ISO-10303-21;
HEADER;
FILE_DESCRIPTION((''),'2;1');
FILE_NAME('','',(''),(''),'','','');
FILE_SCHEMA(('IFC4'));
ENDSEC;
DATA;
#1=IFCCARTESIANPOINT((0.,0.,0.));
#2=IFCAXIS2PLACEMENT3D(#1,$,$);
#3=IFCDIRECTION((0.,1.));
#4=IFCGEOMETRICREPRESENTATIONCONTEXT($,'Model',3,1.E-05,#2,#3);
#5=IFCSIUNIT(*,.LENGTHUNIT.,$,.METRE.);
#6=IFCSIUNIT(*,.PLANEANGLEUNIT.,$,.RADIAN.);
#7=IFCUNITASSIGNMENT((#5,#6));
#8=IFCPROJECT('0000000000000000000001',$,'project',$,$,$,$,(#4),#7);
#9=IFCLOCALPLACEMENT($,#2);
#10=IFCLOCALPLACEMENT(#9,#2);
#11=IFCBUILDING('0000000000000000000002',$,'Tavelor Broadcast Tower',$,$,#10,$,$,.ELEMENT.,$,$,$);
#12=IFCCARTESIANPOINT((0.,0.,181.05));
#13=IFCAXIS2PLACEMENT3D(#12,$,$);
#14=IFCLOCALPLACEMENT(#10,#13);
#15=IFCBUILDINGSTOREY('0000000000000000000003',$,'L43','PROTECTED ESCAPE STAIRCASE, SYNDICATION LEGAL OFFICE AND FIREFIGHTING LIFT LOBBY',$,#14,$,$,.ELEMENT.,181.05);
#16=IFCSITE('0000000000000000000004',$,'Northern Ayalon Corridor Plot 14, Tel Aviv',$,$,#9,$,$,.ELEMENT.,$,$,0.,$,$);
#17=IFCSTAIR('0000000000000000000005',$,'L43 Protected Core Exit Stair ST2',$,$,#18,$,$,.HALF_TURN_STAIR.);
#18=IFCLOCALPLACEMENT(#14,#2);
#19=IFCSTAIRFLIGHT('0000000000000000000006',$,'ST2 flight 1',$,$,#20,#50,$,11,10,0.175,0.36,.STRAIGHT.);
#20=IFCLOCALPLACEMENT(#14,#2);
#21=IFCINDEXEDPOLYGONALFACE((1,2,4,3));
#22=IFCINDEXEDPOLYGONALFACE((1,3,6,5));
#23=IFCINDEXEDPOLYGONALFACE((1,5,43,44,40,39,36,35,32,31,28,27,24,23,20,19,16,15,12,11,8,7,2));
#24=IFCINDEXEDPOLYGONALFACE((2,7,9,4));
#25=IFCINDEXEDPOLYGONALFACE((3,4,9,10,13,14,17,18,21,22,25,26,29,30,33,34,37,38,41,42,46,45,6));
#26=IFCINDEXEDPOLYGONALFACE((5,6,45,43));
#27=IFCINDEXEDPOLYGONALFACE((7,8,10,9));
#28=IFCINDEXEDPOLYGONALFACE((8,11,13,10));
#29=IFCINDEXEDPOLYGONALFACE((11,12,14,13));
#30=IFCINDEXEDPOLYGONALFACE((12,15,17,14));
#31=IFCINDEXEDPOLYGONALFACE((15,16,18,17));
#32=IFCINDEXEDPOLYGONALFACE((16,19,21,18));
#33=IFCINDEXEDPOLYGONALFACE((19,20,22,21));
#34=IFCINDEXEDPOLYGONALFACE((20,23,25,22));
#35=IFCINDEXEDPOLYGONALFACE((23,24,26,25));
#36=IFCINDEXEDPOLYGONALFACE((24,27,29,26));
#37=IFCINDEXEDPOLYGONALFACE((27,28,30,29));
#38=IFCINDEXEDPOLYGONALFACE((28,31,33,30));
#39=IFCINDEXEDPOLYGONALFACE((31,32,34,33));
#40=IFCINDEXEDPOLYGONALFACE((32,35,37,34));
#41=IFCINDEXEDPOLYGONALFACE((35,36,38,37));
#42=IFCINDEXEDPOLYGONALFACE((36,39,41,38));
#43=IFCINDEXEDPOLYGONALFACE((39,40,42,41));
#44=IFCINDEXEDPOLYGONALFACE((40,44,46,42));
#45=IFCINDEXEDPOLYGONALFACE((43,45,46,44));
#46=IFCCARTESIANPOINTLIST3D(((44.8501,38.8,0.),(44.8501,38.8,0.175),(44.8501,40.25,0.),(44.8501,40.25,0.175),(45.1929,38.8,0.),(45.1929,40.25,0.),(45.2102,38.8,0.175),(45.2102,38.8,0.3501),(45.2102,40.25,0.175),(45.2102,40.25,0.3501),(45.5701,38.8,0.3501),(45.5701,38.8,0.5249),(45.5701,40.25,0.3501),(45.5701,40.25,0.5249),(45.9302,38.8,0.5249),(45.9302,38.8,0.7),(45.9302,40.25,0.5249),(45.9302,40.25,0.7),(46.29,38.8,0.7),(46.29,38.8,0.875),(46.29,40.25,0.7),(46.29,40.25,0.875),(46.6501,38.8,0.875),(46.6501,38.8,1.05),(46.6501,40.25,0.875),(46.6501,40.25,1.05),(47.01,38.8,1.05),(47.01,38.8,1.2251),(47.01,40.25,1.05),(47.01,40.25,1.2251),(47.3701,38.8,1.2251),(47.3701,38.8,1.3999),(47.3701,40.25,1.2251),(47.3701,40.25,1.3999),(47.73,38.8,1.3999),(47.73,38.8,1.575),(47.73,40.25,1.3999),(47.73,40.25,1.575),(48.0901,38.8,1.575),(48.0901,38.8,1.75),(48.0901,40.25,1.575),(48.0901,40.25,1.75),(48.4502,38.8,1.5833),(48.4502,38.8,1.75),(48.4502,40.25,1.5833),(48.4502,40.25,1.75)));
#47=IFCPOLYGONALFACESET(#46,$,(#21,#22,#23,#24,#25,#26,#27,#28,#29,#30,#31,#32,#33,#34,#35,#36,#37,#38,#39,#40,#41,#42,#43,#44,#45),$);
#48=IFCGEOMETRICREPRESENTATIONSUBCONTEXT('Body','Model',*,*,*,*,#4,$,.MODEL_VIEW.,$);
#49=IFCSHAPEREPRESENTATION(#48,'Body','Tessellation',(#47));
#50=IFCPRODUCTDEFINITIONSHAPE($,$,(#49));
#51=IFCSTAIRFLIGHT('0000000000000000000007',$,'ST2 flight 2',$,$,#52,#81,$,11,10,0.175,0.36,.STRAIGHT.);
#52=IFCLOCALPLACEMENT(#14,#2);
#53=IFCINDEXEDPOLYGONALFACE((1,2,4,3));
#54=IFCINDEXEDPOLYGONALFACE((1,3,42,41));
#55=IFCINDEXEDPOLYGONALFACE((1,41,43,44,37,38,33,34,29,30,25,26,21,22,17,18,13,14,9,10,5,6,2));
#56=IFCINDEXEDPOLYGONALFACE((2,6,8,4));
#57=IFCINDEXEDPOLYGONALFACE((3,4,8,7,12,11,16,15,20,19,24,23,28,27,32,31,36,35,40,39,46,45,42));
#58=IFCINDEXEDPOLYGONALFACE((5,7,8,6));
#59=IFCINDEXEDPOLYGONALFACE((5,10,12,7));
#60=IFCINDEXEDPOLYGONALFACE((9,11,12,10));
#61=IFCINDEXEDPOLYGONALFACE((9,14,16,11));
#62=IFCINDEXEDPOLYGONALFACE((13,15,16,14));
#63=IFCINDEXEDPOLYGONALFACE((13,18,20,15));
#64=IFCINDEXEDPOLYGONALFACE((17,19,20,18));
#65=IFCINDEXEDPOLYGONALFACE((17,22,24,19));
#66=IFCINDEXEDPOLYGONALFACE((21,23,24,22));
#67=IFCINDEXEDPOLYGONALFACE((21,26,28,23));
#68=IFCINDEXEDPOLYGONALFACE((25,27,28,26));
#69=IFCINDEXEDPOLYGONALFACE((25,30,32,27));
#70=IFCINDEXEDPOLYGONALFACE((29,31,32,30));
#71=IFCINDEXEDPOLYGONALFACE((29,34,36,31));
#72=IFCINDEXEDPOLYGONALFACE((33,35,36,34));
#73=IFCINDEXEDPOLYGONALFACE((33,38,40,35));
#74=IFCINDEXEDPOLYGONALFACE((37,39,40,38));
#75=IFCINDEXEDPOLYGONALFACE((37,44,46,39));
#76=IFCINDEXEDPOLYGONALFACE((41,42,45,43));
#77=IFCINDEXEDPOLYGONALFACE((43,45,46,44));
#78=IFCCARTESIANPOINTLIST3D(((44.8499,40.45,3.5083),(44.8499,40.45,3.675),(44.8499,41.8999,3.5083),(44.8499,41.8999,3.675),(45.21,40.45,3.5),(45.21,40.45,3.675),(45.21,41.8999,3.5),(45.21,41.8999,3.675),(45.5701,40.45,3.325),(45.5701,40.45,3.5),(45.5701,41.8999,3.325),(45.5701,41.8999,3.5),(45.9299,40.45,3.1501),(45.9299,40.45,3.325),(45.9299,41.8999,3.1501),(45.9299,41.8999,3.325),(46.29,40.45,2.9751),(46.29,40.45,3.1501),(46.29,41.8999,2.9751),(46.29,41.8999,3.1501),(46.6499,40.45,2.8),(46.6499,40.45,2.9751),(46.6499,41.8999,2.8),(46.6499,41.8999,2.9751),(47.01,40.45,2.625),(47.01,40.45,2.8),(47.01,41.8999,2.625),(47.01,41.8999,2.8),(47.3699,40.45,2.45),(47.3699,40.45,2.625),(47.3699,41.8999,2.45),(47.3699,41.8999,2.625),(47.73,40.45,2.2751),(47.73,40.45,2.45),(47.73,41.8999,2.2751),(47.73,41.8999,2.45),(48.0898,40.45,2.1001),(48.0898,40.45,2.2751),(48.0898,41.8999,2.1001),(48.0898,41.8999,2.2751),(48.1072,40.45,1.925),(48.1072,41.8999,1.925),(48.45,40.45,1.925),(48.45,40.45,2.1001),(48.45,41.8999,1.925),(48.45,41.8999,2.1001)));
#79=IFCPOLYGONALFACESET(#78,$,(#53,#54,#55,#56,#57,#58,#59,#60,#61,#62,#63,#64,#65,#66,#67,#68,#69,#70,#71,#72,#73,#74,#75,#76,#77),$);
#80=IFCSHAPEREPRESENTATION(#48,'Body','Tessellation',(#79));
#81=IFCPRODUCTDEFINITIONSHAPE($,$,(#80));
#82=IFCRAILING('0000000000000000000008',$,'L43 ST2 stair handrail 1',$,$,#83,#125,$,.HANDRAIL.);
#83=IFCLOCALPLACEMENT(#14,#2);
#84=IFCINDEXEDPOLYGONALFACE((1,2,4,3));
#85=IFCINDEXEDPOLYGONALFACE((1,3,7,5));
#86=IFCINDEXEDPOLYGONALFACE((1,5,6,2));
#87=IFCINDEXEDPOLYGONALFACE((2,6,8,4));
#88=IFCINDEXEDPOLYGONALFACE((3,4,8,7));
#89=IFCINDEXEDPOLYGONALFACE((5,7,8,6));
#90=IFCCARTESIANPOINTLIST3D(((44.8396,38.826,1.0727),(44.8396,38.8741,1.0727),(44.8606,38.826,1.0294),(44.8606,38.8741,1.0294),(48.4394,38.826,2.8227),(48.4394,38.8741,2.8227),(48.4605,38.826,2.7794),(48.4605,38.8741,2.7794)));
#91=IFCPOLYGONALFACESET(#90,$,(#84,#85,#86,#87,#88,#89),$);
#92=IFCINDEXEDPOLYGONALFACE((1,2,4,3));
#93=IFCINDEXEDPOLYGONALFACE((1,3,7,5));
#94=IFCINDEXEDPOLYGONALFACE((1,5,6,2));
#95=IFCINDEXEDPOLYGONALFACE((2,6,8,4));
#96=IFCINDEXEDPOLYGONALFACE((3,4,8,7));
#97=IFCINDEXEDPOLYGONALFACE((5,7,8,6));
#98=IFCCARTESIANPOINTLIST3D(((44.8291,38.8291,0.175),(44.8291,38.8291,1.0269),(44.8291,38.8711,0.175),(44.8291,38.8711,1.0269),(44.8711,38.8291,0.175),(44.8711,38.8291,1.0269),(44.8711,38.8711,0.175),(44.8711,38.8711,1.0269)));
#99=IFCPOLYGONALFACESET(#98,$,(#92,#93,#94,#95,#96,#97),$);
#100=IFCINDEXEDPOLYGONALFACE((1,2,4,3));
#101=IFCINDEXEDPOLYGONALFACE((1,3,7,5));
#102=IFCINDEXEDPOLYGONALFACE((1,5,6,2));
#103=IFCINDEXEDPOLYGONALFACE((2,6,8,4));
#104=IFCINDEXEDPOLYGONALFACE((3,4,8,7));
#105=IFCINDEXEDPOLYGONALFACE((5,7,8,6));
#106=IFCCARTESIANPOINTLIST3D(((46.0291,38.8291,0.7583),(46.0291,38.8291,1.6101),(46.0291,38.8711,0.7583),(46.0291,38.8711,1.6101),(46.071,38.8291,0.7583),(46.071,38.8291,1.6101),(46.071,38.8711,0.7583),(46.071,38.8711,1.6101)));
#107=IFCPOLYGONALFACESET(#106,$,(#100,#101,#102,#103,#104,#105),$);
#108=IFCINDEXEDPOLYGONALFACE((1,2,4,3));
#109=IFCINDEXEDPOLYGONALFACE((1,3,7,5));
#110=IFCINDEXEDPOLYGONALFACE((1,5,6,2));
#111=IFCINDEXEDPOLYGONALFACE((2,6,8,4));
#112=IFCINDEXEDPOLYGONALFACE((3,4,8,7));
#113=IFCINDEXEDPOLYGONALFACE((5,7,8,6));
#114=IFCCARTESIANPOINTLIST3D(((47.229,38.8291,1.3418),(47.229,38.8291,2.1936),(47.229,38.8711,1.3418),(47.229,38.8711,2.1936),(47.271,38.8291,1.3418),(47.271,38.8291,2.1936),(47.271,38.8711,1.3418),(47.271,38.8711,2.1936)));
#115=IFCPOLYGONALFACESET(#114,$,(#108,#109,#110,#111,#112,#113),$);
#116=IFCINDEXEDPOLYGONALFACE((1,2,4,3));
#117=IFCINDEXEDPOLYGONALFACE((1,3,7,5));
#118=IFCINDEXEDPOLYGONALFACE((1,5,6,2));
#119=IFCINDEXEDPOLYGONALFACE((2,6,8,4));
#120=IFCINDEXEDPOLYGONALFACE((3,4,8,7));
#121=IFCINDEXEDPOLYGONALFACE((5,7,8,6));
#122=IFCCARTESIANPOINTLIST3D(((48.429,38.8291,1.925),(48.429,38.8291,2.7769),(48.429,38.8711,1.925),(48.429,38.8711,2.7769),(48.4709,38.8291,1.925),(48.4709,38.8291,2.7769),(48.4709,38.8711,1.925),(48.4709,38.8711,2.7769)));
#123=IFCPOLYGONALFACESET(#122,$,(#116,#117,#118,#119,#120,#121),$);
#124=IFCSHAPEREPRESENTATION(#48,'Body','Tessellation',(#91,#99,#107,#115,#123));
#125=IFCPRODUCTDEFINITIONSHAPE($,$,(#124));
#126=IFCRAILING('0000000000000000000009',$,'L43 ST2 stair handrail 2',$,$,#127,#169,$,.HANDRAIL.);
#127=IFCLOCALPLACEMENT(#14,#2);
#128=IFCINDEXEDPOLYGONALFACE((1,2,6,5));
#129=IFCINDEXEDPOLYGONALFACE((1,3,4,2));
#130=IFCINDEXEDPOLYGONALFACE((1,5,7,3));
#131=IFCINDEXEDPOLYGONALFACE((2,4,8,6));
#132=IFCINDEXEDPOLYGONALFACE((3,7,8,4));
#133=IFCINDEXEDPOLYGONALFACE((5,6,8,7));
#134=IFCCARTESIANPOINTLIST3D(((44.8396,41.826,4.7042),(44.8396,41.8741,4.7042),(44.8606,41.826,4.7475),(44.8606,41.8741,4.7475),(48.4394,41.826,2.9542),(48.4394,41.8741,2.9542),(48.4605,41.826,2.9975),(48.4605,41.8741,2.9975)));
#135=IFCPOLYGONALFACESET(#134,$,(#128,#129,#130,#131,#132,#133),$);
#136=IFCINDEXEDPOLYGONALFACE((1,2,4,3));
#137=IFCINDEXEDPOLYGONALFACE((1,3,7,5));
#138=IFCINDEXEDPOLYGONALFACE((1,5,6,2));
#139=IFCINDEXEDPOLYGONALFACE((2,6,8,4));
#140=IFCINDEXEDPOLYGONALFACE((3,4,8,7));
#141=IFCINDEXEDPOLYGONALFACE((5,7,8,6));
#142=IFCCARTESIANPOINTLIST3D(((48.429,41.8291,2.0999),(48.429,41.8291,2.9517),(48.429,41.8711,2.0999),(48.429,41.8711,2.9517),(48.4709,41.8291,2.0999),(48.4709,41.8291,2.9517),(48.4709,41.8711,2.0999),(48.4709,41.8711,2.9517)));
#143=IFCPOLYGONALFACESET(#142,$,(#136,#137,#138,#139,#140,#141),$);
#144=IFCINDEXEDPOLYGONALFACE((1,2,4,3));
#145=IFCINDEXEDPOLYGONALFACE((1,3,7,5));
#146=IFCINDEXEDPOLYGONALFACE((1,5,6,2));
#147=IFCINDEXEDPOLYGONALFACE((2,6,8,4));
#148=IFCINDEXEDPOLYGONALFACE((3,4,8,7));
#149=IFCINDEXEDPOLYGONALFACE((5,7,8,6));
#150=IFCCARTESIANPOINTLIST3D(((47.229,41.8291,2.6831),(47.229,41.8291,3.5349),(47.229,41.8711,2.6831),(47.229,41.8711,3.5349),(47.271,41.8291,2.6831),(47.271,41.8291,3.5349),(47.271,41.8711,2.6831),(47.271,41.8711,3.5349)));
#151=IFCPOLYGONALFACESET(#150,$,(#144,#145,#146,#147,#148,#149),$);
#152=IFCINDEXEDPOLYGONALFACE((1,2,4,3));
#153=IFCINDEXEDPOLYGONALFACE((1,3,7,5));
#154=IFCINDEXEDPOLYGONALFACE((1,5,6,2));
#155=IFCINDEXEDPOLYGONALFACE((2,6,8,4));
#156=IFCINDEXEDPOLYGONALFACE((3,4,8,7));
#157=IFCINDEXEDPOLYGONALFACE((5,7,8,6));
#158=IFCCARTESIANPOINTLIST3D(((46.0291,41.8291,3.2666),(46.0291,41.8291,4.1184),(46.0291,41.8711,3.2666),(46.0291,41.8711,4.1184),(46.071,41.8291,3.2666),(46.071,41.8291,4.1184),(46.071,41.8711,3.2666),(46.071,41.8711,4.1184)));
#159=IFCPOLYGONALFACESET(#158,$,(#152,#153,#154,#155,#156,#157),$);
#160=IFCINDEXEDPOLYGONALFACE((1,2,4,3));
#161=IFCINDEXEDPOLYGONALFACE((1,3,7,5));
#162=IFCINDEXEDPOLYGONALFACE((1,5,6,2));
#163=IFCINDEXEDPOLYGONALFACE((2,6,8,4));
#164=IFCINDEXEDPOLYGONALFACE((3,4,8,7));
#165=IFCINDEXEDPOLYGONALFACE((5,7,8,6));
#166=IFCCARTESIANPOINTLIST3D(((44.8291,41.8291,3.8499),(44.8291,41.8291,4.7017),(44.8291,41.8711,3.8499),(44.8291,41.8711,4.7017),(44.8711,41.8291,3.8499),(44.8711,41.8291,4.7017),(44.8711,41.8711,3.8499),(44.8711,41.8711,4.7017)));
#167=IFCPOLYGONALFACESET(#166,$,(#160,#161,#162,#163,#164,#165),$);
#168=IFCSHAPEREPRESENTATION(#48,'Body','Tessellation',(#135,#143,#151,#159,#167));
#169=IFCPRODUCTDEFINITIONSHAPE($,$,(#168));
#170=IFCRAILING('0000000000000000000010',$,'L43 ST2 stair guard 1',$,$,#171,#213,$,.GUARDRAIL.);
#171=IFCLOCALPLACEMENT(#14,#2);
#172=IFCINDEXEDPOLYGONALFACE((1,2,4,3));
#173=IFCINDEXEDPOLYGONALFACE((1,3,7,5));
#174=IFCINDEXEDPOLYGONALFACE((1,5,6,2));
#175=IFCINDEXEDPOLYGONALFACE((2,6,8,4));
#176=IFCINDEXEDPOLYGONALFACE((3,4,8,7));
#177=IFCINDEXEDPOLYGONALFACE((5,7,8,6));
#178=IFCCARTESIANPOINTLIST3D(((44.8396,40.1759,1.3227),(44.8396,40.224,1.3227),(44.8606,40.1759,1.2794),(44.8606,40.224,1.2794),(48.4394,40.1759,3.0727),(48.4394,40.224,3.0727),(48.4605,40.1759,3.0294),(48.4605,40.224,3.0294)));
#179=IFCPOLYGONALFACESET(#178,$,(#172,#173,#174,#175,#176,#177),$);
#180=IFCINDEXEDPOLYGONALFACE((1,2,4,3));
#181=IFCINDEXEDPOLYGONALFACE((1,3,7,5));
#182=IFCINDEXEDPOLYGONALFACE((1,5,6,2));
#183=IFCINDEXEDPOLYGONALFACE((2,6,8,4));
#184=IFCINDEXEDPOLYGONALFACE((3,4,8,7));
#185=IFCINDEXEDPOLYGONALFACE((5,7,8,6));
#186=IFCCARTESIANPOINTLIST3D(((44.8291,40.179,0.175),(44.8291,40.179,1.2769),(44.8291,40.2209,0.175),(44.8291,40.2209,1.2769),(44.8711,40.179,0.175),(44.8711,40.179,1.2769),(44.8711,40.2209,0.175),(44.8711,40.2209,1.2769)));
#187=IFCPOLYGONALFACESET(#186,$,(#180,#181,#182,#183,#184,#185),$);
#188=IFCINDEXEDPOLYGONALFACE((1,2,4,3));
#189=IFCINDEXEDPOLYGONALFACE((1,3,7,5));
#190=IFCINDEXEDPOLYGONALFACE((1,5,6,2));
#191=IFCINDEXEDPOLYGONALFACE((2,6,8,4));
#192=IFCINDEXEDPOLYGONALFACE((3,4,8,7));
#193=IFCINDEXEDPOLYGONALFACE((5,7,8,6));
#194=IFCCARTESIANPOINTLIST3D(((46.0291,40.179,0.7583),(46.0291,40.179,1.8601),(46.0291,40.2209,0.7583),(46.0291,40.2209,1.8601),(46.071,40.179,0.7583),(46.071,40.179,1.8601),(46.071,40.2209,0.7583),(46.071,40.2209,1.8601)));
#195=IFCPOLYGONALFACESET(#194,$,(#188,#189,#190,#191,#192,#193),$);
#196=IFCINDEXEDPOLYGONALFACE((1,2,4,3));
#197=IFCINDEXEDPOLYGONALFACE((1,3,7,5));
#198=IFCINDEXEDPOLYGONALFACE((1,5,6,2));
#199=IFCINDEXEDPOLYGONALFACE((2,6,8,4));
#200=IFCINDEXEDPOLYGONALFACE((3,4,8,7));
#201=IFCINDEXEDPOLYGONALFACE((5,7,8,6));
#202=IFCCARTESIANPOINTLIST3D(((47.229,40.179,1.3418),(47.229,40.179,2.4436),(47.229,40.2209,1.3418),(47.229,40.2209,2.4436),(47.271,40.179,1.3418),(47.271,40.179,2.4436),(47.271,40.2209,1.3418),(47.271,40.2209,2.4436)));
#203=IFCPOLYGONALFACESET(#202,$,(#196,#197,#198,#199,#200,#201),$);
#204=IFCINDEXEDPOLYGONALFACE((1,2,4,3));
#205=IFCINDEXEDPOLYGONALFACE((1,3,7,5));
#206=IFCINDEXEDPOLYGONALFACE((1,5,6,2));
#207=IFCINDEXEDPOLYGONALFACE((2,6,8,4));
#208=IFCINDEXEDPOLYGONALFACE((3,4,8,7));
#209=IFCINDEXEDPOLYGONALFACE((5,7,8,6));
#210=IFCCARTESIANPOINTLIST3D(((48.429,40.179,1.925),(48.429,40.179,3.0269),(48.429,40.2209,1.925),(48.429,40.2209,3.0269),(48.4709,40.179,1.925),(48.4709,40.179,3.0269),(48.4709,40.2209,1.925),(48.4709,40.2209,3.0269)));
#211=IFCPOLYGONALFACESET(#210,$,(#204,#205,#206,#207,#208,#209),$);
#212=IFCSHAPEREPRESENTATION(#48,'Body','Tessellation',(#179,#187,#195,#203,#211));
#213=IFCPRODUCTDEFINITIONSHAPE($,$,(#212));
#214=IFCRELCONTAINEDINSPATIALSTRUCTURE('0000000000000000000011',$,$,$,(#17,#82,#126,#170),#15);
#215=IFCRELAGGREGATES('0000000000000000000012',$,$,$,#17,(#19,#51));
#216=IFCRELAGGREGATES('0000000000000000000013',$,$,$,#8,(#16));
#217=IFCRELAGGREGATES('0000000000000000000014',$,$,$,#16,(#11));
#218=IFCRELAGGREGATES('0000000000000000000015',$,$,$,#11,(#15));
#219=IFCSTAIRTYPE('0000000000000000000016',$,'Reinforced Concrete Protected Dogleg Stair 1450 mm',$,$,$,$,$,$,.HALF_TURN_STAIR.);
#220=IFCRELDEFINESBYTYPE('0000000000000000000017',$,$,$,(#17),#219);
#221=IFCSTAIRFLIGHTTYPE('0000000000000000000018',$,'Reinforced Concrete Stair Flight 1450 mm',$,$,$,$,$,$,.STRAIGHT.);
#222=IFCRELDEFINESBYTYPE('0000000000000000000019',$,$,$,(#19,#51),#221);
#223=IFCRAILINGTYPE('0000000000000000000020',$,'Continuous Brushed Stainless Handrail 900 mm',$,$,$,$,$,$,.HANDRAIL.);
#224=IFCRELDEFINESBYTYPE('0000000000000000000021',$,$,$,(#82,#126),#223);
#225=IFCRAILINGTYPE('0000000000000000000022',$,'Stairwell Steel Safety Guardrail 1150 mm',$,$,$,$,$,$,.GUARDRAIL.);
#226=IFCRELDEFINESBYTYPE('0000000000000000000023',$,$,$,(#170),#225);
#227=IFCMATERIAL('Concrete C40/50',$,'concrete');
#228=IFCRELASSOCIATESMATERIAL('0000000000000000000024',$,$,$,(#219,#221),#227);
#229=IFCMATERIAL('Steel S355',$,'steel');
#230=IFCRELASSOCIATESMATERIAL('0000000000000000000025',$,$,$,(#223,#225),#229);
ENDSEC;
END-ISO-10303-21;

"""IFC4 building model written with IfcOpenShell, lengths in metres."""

from ifc_helpers import new_model, si_unit, direction, frame, origin, origin_2d, place, context, subcontext, project, spatial, polyline, rectangle, outline, extrude, material, type_object, element, aggregate, save


model = new_model("IFC4")

# Units and contexts
model_context = context("Model", 3, precision=1e-05, world=origin(), true_north=direction((0.0, 1.0)))
body_context = subcontext(model_context, "Body", "Model", "MODEL_VIEW")
ifc_project = project(units=[si_unit("LENGTHUNIT", "METRE"), si_unit("PLANEANGLEUNIT", "RADIAN")], contexts=[model_context])

# Site, building, storey
site_placement = place(None, origin())
site = spatial("IfcSite", under=ifc_project, at=site_placement, Name="Northern Ayalon Corridor Plot 14, Tel Aviv", CompositionType="ELEMENT", RefElevation=0.0)
building_placement = place(site_placement, origin())
building = spatial("IfcBuilding", under=site, at=building_placement, Name="Tavelor Broadcast Tower", CompositionType="ELEMENT")
storey_placement = place(building_placement, frame((0.0, 0.0, 181.05)))
storey = spatial("IfcBuildingStorey", under=building, at=storey_placement, Name="L43", Description="PROTECTED ESCAPE STAIRCASE, SYNDICATION LEGAL OFFICE AND FIREFIGHTING LIFT LOBBY", CompositionType="ELEMENT", Elevation=181.05)

# Shared definitions
ifc_material_1 = material(Name="Steel S355", Category="steel")

# Stair, stair flights
ifc_material_2 = material(Name="Concrete C40/50", Category="concrete")
stair_type = type_object("IfcStairType", Name="Reinforced Concrete Protected Dogleg Stair 1450 mm", PredefinedType="HALF_TURN_STAIR", material=ifc_material_2)
stair_placement = place(storey_placement, origin())
stair = element("IfcStair", 1, at=stair_placement, inside=storey, type_object=stair_type, Name="L43 Protected Core Exit Stair ST2", PredefinedType="HALF_TURN_STAIR")
stair_flight_type = type_object("IfcStairFlightType", Name="Reinforced Concrete Stair Flight 1450 mm", PredefinedType="STRAIGHT", material=ifc_material_2)
stair_flight_1_placement = place(storey_placement, frame((44.8501, 39.5249, 0.0), z_axis=(0.0, 0.0, 1.0), x_axis=(1.0, 0.0, 0.0)))
stair_flight_1 = element("IfcStairFlight", 2, at=stair_flight_1_placement, type_object=stair_flight_type, Name="ST2 flight 1", NumberOfRisers=11, NumberOfTreads=10, PredefinedType="STRAIGHT", RiserHeight=0.175, TreadLength=0.36, context=body_context, shape_type="SweptSolid", body=[
    extrude(outline(polyline([(0.0, 0.0), (0.0, 0.175), (0.3601, 0.175), (0.3601, 0.3501), (0.72, 0.3501), (0.72, 0.5249), (1.0801, 0.5249), (1.0801, 0.7), (1.4399, 0.7), (1.4399, 0.875), (1.8, 0.875), (1.8, 1.05), (2.1599, 1.05), (2.1599, 1.2251), (2.52, 1.2251), (2.52, 1.3999), (2.8799, 1.3999), (2.8799, 1.575), (3.24, 1.575), (3.24, 1.75), (3.6001, 1.75), (3.6001, 1.925), (3.6001, 1.5833), (0.3428, 0.0), (0.0, 0.0)])), frame((0.0, 0.7251, 0.0), z_axis=(0.0, -1.0, 0.0), x_axis=(1.0, 0.0, 0.0)), (0.0, 0.0, 1.0), 1.45),
])
stair_flight_2_placement = place(storey_placement, frame((48.45, 41.175, 1.925), z_axis=(0.0, 0.0, 1.0), x_axis=(-1.0, 0.0, 0.0)))
stair_flight_2 = element("IfcStairFlight", 3, at=stair_flight_2_placement, type_object=stair_flight_type, Name="ST2 flight 2", NumberOfRisers=11, NumberOfTreads=10, PredefinedType="STRAIGHT", RiserHeight=0.175, TreadLength=0.36, context=body_context, shape_type="SweptSolid", body=[
    extrude(outline(polyline([(0.0, 0.0), (0.0, 0.175), (0.3601, 0.175), (0.3601, 0.3501), (0.72, 0.3501), (0.72, 0.5249), (1.0801, 0.5249), (1.0801, 0.7), (1.4399, 0.7), (1.4399, 0.875), (1.8, 0.875), (1.8, 1.05), (2.1599, 1.05), (2.1599, 1.2251), (2.52, 1.2251), (2.52, 1.3999), (2.8799, 1.3999), (2.8799, 1.575), (3.24, 1.575), (3.24, 1.75), (3.6001, 1.75), (3.6001, 1.925), (3.6001, 1.5833), (0.3428, 0.0), (0.0, 0.0)])), frame((0.0, 0.7251, 0.0), z_axis=(0.0, -1.0, 0.0), x_axis=(1.0, 0.0, 0.0)), (0.0, 0.0, 1.0), 1.45),
])
aggregate(stair, [stair_flight_1, stair_flight_2])

# Railings
railing_type_1 = type_object("IfcRailingType", Name="Continuous Brushed Stainless Handrail 900 mm", PredefinedType="HANDRAIL", material=ifc_material_1)
railing_1_placement = place(storey_placement, frame((44.8501, 38.8501, 0.175)))
element("IfcRailing", 4, at=railing_1_placement, inside=storey, type_object=railing_type_1, Name="L43 ST2 stair handrail 1", PredefinedType="HANDRAIL", context=body_context, shape_type="SweptSolid", body=[
    extrude(rectangle(XDim=0.0481, YDim=0.0481, at=origin_2d()), frame((0.0, 0.0, 0.876), z_axis=(0.899361, 0.0, 0.437207), x_axis=(0.0, 1.0, 0.0)), (0.0, 0.0, 1.0), 4.0027),
    extrude(rectangle(XDim=0.042, YDim=0.042, at=origin_2d()), origin(), (0.0, 0.0, 1.0), 0.8518),
    extrude(rectangle(XDim=0.042, YDim=0.042, at=origin_2d()), frame((1.2, 0.0, 0.5833)), (0.0, 0.0, 1.0), 0.8518),
    extrude(rectangle(XDim=0.042, YDim=0.042, at=origin_2d()), frame((2.3999, 0.0, 1.1667)), (0.0, 0.0, 1.0), 0.8518),
    extrude(rectangle(XDim=0.042, YDim=0.042, at=origin_2d()), frame((3.5999, 0.0, 1.75)), (0.0, 0.0, 1.0), 0.8518),
])
railing_2_placement = place(storey_placement, frame((48.45, 41.8501, 2.0999)))
element("IfcRailing", 5, at=railing_2_placement, inside=storey, type_object=railing_type_1, Name="L43 ST2 stair handrail 2", PredefinedType="HANDRAIL", context=body_context, shape_type="SweptSolid", body=[
    extrude(rectangle(XDim=0.0481, YDim=0.0481, at=origin_2d()), frame((0.0, 0.0, 0.876), z_axis=(-0.899361, 0.0, 0.437207), x_axis=(0.0, -1.0, 0.0)), (0.0, 0.0, 1.0), 4.0027),
    extrude(rectangle(XDim=0.042, YDim=0.042, at=origin_2d()), origin(), (0.0, 0.0, 1.0), 0.8518),
    extrude(rectangle(XDim=0.042, YDim=0.042, at=origin_2d()), frame((-1.2, 0.0, 0.5833)), (0.0, 0.0, 1.0), 0.8518),
    extrude(rectangle(XDim=0.042, YDim=0.042, at=origin_2d()), frame((-2.3999, 0.0, 1.1667)), (0.0, 0.0, 1.0), 0.8518),
    extrude(rectangle(XDim=0.042, YDim=0.042, at=origin_2d()), frame((-3.5999, 0.0, 1.75)), (0.0, 0.0, 1.0), 0.8518),
])
railing_type_2 = type_object("IfcRailingType", Name="Stairwell Steel Safety Guardrail 1150 mm", PredefinedType="GUARDRAIL", material=ifc_material_1)
railing_3_placement = place(storey_placement, frame((44.8501, 40.2, 0.175)))
element("IfcRailing", 6, at=railing_3_placement, inside=storey, type_object=railing_type_2, Name="L43 ST2 stair guard 1", PredefinedType="GUARDRAIL", context=body_context, shape_type="SweptSolid", body=[
    extrude(rectangle(XDim=0.0481, YDim=0.0481, at=origin_2d()), frame((0.0, 0.0, 1.126), z_axis=(0.899361, 0.0, 0.437207), x_axis=(0.0, 1.0, 0.0)), (0.0, 0.0, 1.0), 4.0027),
    extrude(rectangle(XDim=0.042, YDim=0.042, at=origin_2d()), origin(), (0.0, 0.0, 1.0), 1.1018),
    extrude(rectangle(XDim=0.042, YDim=0.042, at=origin_2d()), frame((1.2, 0.0, 0.5833)), (0.0, 0.0, 1.0), 1.1018),
    extrude(rectangle(XDim=0.042, YDim=0.042, at=origin_2d()), frame((2.3999, 0.0, 1.1667)), (0.0, 0.0, 1.0), 1.1018),
    extrude(rectangle(XDim=0.042, YDim=0.042, at=origin_2d()), frame((3.5999, 0.0, 1.75)), (0.0, 0.0, 1.0), 1.1018),
])

save(model, "model.ifc")
